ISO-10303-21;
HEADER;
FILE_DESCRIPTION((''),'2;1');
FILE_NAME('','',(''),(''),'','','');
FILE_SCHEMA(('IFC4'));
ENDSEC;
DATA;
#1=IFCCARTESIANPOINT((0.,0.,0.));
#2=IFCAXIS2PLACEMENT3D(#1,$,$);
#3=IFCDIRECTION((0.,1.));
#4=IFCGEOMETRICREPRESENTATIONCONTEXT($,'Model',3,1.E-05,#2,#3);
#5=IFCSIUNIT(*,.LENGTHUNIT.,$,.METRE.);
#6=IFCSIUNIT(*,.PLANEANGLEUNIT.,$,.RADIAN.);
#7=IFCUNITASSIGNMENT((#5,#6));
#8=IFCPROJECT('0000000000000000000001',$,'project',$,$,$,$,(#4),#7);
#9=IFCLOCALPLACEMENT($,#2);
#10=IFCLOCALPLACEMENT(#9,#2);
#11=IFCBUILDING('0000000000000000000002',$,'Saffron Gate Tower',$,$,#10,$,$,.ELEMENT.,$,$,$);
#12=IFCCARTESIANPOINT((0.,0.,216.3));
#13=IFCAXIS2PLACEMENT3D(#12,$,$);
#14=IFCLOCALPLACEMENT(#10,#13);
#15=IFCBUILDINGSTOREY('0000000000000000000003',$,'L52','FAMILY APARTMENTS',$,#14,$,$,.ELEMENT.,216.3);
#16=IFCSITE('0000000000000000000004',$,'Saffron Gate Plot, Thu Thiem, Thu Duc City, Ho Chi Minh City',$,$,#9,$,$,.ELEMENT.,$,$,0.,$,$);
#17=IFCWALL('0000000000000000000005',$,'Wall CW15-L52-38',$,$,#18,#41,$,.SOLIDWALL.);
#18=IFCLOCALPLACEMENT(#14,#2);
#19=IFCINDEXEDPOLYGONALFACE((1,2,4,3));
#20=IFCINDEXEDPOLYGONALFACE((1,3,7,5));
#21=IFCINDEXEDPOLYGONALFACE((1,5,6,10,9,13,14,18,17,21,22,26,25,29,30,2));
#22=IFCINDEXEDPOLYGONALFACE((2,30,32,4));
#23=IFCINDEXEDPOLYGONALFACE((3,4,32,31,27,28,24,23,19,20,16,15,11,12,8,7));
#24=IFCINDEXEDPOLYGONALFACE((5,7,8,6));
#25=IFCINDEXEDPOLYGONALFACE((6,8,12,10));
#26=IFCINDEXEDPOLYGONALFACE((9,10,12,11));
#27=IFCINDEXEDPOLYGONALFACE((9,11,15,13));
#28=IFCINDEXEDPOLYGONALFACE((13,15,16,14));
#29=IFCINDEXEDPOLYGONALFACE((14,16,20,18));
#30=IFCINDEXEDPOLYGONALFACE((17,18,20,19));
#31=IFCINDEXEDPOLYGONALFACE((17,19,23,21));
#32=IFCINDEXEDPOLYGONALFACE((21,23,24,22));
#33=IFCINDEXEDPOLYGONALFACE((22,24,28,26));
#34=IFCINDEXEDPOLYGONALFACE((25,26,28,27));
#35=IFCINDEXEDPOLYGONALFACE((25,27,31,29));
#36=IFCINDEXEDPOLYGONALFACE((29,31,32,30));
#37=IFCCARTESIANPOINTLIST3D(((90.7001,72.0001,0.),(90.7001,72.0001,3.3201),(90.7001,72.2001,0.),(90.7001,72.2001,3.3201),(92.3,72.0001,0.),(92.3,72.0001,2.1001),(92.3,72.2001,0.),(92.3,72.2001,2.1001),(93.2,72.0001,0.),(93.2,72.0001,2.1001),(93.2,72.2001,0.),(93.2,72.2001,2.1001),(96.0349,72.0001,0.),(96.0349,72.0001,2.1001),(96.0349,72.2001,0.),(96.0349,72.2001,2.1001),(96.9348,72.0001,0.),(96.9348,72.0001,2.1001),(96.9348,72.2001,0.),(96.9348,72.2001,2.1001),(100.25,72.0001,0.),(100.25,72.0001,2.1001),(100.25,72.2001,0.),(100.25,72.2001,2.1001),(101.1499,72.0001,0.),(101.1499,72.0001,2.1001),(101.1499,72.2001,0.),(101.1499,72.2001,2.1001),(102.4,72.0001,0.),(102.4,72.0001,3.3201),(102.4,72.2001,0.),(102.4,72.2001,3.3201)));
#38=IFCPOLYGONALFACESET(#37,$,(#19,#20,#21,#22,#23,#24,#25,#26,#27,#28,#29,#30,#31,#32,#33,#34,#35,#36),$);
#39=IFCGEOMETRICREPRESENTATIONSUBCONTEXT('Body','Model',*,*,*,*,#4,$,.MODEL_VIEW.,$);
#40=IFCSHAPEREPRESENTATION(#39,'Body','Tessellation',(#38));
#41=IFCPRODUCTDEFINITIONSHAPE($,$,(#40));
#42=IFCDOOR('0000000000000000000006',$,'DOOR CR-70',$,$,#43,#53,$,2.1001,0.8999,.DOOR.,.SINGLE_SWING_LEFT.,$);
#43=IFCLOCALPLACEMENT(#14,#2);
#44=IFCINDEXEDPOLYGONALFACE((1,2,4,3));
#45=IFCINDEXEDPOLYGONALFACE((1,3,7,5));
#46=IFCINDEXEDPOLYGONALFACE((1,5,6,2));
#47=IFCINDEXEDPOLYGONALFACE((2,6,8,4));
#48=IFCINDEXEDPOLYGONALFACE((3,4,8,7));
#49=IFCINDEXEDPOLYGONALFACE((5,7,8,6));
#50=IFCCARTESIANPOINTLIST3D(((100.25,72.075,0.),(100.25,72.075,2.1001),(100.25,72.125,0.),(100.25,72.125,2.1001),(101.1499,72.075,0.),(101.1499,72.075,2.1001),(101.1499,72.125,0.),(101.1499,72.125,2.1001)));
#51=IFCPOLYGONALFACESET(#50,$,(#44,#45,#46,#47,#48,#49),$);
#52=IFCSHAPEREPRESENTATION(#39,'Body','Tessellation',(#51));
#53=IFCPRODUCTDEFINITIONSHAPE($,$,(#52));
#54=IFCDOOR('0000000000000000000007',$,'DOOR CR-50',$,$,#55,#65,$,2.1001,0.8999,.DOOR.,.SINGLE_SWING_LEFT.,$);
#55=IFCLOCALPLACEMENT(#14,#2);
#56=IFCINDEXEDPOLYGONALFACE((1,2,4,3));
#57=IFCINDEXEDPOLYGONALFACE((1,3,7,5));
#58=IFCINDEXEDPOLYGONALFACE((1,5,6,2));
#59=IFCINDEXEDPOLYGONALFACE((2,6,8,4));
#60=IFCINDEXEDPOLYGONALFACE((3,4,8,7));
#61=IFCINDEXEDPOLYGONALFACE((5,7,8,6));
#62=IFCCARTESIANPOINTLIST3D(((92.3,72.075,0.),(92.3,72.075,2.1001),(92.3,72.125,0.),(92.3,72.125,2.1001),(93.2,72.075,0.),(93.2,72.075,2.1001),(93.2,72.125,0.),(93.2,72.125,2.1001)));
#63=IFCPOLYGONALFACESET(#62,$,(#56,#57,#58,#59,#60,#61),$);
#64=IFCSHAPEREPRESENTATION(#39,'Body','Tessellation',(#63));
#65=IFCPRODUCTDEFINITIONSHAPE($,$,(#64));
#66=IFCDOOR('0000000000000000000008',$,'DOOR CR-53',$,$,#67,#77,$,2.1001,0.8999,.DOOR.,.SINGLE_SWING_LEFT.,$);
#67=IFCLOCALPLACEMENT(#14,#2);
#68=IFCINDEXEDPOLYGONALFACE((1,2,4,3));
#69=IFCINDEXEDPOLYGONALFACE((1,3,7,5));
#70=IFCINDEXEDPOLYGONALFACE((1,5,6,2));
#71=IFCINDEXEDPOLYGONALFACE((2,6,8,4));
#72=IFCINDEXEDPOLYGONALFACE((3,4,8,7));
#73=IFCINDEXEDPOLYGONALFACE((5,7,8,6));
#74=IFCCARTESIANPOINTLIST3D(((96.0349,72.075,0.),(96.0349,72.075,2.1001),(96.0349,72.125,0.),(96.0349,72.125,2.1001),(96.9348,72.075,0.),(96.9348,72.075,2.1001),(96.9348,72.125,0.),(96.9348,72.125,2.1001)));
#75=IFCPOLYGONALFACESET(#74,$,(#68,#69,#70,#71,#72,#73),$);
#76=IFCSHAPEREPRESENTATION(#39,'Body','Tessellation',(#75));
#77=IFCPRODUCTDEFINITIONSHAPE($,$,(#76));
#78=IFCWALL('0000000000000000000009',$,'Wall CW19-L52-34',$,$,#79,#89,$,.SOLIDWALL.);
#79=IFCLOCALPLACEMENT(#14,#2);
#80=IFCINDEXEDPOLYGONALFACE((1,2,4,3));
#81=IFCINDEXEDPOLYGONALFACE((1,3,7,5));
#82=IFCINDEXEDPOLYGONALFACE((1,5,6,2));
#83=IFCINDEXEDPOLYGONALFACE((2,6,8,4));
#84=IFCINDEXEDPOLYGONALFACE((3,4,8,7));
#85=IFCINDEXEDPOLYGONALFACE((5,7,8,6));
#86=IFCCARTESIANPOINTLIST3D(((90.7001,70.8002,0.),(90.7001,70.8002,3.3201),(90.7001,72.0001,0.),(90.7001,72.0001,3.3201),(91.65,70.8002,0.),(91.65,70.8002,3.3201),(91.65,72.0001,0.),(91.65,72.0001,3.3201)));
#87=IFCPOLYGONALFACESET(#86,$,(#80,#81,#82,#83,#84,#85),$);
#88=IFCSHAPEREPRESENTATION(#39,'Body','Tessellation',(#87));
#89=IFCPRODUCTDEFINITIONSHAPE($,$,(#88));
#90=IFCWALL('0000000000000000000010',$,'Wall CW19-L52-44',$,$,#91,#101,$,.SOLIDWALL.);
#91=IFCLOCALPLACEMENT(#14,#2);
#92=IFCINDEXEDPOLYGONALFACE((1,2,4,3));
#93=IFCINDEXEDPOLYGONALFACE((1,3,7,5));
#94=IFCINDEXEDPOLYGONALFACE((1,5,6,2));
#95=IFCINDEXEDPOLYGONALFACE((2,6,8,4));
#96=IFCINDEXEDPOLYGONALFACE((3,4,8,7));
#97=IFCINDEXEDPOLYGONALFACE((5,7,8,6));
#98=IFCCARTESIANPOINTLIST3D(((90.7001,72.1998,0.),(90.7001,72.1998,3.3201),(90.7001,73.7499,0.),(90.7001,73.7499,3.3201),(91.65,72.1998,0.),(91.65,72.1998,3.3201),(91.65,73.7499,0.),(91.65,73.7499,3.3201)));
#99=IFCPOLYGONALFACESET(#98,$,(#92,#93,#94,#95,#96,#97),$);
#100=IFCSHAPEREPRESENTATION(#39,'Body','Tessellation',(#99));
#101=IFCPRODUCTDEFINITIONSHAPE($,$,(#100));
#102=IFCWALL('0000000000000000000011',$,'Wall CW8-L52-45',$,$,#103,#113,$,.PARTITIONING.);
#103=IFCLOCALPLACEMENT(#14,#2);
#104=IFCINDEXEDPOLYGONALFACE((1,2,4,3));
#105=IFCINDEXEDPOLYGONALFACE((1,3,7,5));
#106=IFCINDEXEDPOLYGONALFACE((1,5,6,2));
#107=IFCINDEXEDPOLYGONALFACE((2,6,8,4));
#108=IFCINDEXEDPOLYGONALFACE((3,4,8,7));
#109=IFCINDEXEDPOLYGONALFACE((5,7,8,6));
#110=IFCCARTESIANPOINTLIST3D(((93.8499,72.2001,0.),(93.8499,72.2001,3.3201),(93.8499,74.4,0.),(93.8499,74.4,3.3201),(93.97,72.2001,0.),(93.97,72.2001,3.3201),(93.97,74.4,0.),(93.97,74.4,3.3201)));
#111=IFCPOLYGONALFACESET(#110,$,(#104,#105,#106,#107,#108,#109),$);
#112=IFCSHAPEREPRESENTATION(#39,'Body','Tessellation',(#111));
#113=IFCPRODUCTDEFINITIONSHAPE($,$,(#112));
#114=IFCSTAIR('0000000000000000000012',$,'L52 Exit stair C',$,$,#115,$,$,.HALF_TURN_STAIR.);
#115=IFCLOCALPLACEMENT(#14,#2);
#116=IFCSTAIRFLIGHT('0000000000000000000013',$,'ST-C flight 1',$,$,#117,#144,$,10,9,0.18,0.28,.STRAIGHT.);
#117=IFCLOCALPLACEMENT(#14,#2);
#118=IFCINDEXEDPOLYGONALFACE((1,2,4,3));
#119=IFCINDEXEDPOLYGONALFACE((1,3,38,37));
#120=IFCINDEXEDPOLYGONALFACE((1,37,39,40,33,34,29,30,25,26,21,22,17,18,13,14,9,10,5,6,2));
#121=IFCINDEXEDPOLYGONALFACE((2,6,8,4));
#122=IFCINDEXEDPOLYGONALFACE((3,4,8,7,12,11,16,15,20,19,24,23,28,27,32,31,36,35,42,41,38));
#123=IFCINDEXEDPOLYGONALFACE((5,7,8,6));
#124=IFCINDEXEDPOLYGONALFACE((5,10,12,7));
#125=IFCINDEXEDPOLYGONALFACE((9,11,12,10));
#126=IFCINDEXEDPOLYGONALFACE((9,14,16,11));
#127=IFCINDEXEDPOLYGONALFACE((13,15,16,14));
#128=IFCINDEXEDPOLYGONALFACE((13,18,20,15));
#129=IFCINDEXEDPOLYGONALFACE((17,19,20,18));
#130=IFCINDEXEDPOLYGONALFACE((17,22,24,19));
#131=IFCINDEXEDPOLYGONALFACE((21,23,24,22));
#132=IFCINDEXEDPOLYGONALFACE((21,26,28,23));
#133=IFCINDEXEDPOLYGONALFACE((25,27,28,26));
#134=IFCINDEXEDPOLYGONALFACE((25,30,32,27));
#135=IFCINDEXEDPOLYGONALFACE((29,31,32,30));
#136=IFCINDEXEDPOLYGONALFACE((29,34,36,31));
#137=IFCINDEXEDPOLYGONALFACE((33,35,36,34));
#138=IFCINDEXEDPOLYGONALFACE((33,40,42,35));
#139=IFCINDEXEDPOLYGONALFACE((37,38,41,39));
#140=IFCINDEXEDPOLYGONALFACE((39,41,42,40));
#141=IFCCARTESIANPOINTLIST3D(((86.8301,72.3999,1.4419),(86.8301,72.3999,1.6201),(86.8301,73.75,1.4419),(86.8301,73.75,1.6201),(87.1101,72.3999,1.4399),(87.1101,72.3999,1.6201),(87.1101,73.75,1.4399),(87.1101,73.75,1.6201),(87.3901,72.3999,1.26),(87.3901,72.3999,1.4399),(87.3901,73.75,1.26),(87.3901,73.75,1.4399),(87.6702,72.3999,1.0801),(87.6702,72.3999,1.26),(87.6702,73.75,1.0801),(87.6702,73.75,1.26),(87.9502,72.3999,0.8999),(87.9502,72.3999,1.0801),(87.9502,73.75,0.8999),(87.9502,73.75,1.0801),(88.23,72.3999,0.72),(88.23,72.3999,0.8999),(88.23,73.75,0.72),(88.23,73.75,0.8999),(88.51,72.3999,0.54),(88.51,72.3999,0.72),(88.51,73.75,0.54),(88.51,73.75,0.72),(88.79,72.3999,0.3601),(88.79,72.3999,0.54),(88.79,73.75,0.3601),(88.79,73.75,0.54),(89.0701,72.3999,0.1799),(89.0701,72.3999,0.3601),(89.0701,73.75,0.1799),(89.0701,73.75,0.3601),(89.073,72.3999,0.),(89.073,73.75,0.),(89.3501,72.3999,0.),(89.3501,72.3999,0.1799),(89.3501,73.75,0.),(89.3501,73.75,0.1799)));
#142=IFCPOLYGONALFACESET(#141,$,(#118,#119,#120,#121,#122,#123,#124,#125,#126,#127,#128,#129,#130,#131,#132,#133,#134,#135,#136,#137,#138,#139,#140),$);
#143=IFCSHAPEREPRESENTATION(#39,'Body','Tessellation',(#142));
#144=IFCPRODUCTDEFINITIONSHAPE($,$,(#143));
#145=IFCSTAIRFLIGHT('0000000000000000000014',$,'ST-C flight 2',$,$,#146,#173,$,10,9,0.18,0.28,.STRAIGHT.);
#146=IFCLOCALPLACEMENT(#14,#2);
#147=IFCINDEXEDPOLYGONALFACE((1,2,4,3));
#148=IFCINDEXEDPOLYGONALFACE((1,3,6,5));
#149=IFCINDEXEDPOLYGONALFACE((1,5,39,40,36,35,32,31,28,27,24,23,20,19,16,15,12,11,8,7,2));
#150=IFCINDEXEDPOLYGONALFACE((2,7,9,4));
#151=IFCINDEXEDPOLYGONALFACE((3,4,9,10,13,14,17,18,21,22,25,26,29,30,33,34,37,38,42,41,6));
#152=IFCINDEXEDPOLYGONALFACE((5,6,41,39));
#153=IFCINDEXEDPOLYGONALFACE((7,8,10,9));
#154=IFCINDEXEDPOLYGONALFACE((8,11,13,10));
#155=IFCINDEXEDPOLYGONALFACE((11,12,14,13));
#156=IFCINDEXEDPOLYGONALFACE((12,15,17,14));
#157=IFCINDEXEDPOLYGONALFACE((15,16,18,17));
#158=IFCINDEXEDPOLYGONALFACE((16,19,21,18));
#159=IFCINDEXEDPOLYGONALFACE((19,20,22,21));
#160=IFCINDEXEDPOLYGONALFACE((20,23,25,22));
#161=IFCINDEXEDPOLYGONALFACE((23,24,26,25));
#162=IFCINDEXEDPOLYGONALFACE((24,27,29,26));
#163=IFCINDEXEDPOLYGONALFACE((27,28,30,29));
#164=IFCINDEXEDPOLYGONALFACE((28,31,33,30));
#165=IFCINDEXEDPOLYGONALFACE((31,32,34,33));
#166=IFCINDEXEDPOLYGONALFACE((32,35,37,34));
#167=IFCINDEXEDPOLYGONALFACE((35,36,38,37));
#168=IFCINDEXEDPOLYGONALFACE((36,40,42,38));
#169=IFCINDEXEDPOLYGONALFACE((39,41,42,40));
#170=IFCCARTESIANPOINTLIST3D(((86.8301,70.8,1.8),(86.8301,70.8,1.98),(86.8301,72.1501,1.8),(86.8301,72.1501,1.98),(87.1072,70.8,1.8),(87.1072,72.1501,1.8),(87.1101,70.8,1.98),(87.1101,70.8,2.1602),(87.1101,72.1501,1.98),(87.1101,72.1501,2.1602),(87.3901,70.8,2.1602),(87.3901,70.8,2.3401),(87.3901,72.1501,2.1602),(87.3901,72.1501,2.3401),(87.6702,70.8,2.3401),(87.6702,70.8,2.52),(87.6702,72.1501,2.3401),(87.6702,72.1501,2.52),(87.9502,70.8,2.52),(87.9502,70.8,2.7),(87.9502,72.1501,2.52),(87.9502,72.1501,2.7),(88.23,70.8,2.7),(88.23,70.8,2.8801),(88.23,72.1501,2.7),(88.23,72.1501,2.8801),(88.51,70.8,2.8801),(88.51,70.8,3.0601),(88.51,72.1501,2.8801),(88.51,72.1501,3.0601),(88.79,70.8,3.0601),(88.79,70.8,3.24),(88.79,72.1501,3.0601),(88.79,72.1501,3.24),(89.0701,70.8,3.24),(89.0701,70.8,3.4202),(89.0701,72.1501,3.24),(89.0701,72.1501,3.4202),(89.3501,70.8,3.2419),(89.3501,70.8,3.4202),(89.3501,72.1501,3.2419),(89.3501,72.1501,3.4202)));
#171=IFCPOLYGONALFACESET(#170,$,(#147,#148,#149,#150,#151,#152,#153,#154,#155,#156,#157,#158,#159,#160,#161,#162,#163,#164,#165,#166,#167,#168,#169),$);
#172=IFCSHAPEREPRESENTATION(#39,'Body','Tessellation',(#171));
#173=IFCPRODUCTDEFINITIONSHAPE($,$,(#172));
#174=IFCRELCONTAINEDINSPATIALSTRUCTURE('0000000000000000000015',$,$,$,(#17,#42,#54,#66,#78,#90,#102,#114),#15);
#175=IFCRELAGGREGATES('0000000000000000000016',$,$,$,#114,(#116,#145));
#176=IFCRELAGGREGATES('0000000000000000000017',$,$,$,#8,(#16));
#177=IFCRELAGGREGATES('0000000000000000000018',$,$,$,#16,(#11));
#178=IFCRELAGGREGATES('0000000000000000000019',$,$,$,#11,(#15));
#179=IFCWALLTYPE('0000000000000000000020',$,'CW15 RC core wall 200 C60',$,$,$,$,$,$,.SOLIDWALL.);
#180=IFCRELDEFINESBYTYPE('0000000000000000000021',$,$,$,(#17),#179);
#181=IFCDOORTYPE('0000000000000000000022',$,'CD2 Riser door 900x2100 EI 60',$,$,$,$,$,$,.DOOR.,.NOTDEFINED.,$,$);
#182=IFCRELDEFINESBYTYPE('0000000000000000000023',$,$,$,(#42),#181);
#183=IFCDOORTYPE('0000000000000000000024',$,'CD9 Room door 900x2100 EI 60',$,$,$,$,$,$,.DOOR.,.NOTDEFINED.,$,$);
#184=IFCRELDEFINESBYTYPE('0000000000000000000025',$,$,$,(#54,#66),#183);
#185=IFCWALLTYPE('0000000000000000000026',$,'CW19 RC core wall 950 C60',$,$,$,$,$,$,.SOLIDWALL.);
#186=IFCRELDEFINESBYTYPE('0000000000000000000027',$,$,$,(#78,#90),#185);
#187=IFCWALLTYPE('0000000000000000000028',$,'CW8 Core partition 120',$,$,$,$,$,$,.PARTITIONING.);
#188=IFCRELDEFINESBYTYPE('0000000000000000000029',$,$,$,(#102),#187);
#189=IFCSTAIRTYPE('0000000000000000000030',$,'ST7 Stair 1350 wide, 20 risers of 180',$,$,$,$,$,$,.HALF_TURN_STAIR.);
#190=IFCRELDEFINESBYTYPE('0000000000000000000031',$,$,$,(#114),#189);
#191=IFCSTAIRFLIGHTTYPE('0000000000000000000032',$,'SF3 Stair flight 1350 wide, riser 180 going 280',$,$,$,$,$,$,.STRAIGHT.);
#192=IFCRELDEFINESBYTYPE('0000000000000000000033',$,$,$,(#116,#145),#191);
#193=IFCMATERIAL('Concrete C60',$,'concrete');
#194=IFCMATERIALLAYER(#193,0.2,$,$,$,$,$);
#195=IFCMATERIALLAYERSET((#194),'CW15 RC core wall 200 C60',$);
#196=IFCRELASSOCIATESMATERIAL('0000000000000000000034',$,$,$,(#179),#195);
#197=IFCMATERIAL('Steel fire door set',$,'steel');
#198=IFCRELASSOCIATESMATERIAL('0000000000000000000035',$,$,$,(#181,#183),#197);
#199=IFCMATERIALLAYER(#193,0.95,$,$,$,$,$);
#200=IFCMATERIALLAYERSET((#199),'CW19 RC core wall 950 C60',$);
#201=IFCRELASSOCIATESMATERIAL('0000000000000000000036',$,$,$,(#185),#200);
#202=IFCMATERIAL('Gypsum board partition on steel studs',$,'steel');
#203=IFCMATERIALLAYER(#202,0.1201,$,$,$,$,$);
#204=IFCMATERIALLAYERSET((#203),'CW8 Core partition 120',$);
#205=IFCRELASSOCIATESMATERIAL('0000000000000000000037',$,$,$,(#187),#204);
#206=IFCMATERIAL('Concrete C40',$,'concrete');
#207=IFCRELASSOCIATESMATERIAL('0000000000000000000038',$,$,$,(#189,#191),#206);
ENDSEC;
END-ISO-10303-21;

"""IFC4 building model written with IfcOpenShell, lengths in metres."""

from ifc_helpers import new_model, si_unit, direction, frame, frame_2d, origin, place, context, subcontext, project, spatial, polyline, rectangle, outline, extrude, material, layer, layer_set, type_object, element, fill, aggregate, save


model = new_model("IFC4")

# Units and contexts
model_context = context("Model", 3, precision=1e-05, world=origin(), true_north=direction((0.0, 1.0)))
body_context = subcontext(model_context, "Body", "Model", "MODEL_VIEW")
ifc_project = project(units=[si_unit("LENGTHUNIT", "METRE"), si_unit("PLANEANGLEUNIT", "RADIAN")], contexts=[model_context])

# Site, building, storey
site_placement = place(None, origin())
site = spatial("IfcSite", under=ifc_project, at=site_placement, Name="Saffron Gate Plot, Thu Thiem, Thu Duc City, Ho Chi Minh City", CompositionType="ELEMENT", RefElevation=0.0)
building_placement = place(site_placement, origin())
building = spatial("IfcBuilding", under=site, at=building_placement, Name="Saffron Gate Tower", CompositionType="ELEMENT")
storey_placement = place(building_placement, frame((0.0, 0.0, 216.3)))
storey = spatial("IfcBuildingStorey", under=building, at=storey_placement, Name="L52", Description="FAMILY APARTMENTS", CompositionType="ELEMENT", Elevation=216.3)

# Shared definitions
ifc_material_1 = material(Name="Gypsum board partition on steel studs", Category="steel")
ifc_material_2 = material(Name="Concrete C60", Category="concrete")

# Shared definitions
ifc_material_3 = material(Name="Steel fire door set", Category="steel")

# Wall, openings, doors
ifc_layer_1 = layer(ifc_material_2, 0.2)
ifc_layer_set_1 = layer_set([ifc_layer_1], Name="CW15 RC core wall 200 C60")
wall_type_1 = type_object("IfcWallType", Name="CW15 RC core wall 200 C60", PredefinedType="SOLIDWALL", material=ifc_layer_set_1)
door_type_1 = type_object("IfcDoorType", Name="CD2 Riser door 900x2100 EI 60", OperationType="NOTDEFINED", PredefinedType="DOOR", material=ifc_material_3)
wall_1_placement = place(storey_placement, frame((90.7, 72.1001, 0.0), z_axis=(0.0, 0.0, 1.0), x_axis=(1.0, 0.0, 0.0)))
wall_1 = element("IfcWall", 1, at=wall_1_placement, inside=storey, type_object=wall_type_1, Name="Wall CW15-L52-38", PredefinedType="SOLIDWALL", context=body_context, shape_type="SweptSolid", body=[
    extrude(rectangle(XDim=11.7, YDim=0.2, at=frame_2d((5.8501, 0.0))), origin(), (0.0, 0.0, 1.0), 3.3201),
])
opening_1_placement = place(wall_1_placement, frame((1.6001, 0.0, 0.0)))
opening_1 = element("IfcOpeningElement", 2, at=opening_1_placement, cuts=wall_1, PredefinedType="OPENING", context=body_context, shape_type="SweptSolid", body=[
    extrude(rectangle(XDim=0.8999, YDim=2.1001, at=frame_2d((0.45, 1.05))), frame((0.0, 0.1099, 0.0), z_axis=(0.0, -1.0, 0.0), x_axis=(1.0, 0.0, 0.0)), (0.0, 0.0, 1.0), 0.22),
])
opening_2_placement = place(wall_1_placement, frame((5.335, 0.0, 0.0)))
opening_2 = element("IfcOpeningElement", 3, at=opening_2_placement, cuts=wall_1, PredefinedType="OPENING", context=body_context, shape_type="SweptSolid", body=[
    extrude(rectangle(XDim=0.8999, YDim=2.1001, at=frame_2d((0.45, 1.05))), frame((0.0, 0.1099, 0.0), z_axis=(0.0, -1.0, 0.0), x_axis=(1.0, 0.0, 0.0)), (0.0, 0.0, 1.0), 0.22),
])
opening_3_placement = place(wall_1_placement, frame((9.55, 0.0, 0.0)))
opening_3 = element("IfcOpeningElement", 4, at=opening_3_placement, cuts=wall_1, PredefinedType="OPENING", context=body_context, shape_type="SweptSolid", body=[
    extrude(rectangle(XDim=0.8999, YDim=2.1001, at=frame_2d((0.45, 1.05))), frame((0.0, 0.1099, 0.0), z_axis=(0.0, -1.0, 0.0), x_axis=(1.0, 0.0, 0.0)), (0.0, 0.0, 1.0), 0.22),
])
door_1_placement = place(opening_3_placement, origin())
door_1 = element("IfcDoor", 5, at=door_1_placement, inside=storey, type_object=door_type_1, Name="DOOR CR-70", OperationType="SINGLE_SWING_LEFT", OverallHeight=2.1001, OverallWidth=0.8999, PredefinedType="DOOR", context=body_context, shape_type="SweptSolid", body=[
    extrude(rectangle(XDim=0.8999, YDim=2.1001, at=frame_2d((0.45, 1.05))), frame((0.0, 0.0249, 0.0), z_axis=(0.0, -1.0, 0.0), x_axis=(1.0, 0.0, 0.0)), (0.0, 0.0, 1.0), 0.05),
])
fill(opening_3, door_1)
door_type_2 = type_object("IfcDoorType", Name="CD9 Room door 900x2100 EI 60", OperationType="NOTDEFINED", PredefinedType="DOOR", material=ifc_material_3)
door_2_placement = place(opening_1_placement, origin())
door_2 = element("IfcDoor", 6, at=door_2_placement, inside=storey, type_object=door_type_2, Name="DOOR CR-50", OperationType="SINGLE_SWING_LEFT", OverallHeight=2.1001, OverallWidth=0.8999, PredefinedType="DOOR", context=body_context, shape_type="SweptSolid", body=[
    extrude(rectangle(XDim=0.8999, YDim=2.1001, at=frame_2d((0.45, 1.05))), frame((0.0, 0.0249, 0.0), z_axis=(0.0, -1.0, 0.0), x_axis=(1.0, 0.0, 0.0)), (0.0, 0.0, 1.0), 0.05),
])
fill(opening_1, door_2)
door_3_placement = place(opening_2_placement, origin())
door_3 = element("IfcDoor", 7, at=door_3_placement, inside=storey, type_object=door_type_2, Name="DOOR CR-53", OperationType="SINGLE_SWING_LEFT", OverallHeight=2.1001, OverallWidth=0.8999, PredefinedType="DOOR", context=body_context, shape_type="SweptSolid", body=[
    extrude(rectangle(XDim=0.8999, YDim=2.1001, at=frame_2d((0.45, 1.05))), frame((0.0, 0.0249, 0.0), z_axis=(0.0, -1.0, 0.0), x_axis=(1.0, 0.0, 0.0)), (0.0, 0.0, 1.0), 0.05),
])
fill(opening_2, door_3)

# Walls
ifc_layer_2 = layer(ifc_material_2, 0.95)
ifc_layer_set_2 = layer_set([ifc_layer_2], Name="CW19 RC core wall 950 C60")
wall_type_2 = type_object("IfcWallType", Name="CW19 RC core wall 950 C60", PredefinedType="SOLIDWALL", material=ifc_layer_set_2)
wall_2_placement = place(storey_placement, frame((91.175, 70.8, 0.0), z_axis=(0.0, 0.0, 1.0), x_axis=(0.0, 1.0, 0.0)))
element("IfcWall", 8, at=wall_2_placement, inside=storey, type_object=wall_type_2, Name="Wall CW19-L52-34", PredefinedType="SOLIDWALL", context=body_context, shape_type="SweptSolid", body=[
    extrude(rectangle(XDim=1.2, YDim=0.95, at=frame_2d((0.6001, 0.0))), origin(), (0.0, 0.0, 1.0), 3.3201),
])
wall_3_placement = place(storey_placement, frame((91.175, 72.2, 0.0), z_axis=(0.0, 0.0, 1.0), x_axis=(0.0, 1.0, 0.0)))
element("IfcWall", 9, at=wall_3_placement, inside=storey, type_object=wall_type_2, Name="Wall CW19-L52-44", PredefinedType="SOLIDWALL", context=body_context, shape_type="SweptSolid", body=[
    extrude(rectangle(XDim=1.55, YDim=0.95, at=frame_2d((0.7749, 0.0))), origin(), (0.0, 0.0, 1.0), 3.3201),
])
ifc_layer_3 = layer(ifc_material_1, 0.1201)
ifc_layer_set_3 = layer_set([ifc_layer_3], Name="CW8 Core partition 120")
wall_type_3 = type_object("IfcWallType", Name="CW8 Core partition 120", PredefinedType="PARTITIONING", material=ifc_layer_set_3)
wall_4_placement = place(storey_placement, frame((93.9099, 72.2, 0.0), z_axis=(0.0, 0.0, 1.0), x_axis=(0.0, 1.0, 0.0)))
element("IfcWall", 10, at=wall_4_placement, inside=storey, type_object=wall_type_3, Name="Wall CW8-L52-45", PredefinedType="PARTITIONING", context=body_context, shape_type="SweptSolid", body=[
    extrude(rectangle(XDim=2.2, YDim=0.1201, at=frame_2d((1.1001, 0.0))), origin(), (0.0, 0.0, 1.0), 3.3201),
])

# Stair, stair flights
ifc_material_4 = material(Name="Concrete C40", Category="concrete")
stair_type = type_object("IfcStairType", Name="ST7 Stair 1350 wide, 20 risers of 180", PredefinedType="HALF_TURN_STAIR", material=ifc_material_4)
stair_placement = place(storey_placement, origin())
stair = element("IfcStair", 11, at=stair_placement, inside=storey, type_object=stair_type, Name="L52 Exit stair C", PredefinedType="HALF_TURN_STAIR")
stair_flight_type = type_object("IfcStairFlightType", Name="SF3 Stair flight 1350 wide, riser 180 going 280", PredefinedType="STRAIGHT", material=ifc_material_4)
stair_flight_1_placement = place(storey_placement, frame((89.3501, 73.075, 0.0), z_axis=(0.0, 0.0, 1.0), x_axis=(-1.0, 0.0, 0.0)))
stair_flight_1 = element("IfcStairFlight", 12, at=stair_flight_1_placement, type_object=stair_flight_type, Name="ST-C flight 1", NumberOfRisers=10, NumberOfTreads=9, PredefinedType="STRAIGHT", RiserHeight=0.18, TreadLength=0.28, context=body_context, shape_type="SweptSolid", body=[
    extrude(outline(polyline([(0.0, 0.0), (0.0, 0.1799), (0.28, 0.1799), (0.28, 0.3601), (0.5601, 0.3601), (0.5601, 0.54), (0.8401, 0.54), (0.8401, 0.72), (1.1201, 0.72), (1.1201, 0.8999), (1.3999, 0.8999), (1.3999, 1.0801), (1.6799, 1.0801), (1.6799, 1.26), (1.96, 1.26), (1.96, 1.4399), (2.24, 1.4399), (2.24, 1.6201), (2.52, 1.6201), (2.52, 1.8), (2.52, 1.4419), (0.2771, 0.0), (0.0, 0.0)])), frame((0.0, 0.675, 0.0), z_axis=(0.0, -1.0, 0.0), x_axis=(1.0, 0.0, 0.0)), (0.0, 0.0, 1.0), 1.3501),
])
stair_flight_2_placement = place(storey_placement, frame((86.8301, 71.4751, 1.8), z_axis=(0.0, 0.0, 1.0), x_axis=(1.0, 0.0, 0.0)))
stair_flight_2 = element("IfcStairFlight", 13, at=stair_flight_2_placement, type_object=stair_flight_type, Name="ST-C flight 2", NumberOfRisers=10, NumberOfTreads=9, PredefinedType="STRAIGHT", RiserHeight=0.18, TreadLength=0.28, context=body_context, shape_type="SweptSolid", body=[
    extrude(outline(polyline([(0.0, 0.0), (0.0, 0.1799), (0.28, 0.1799), (0.28, 0.3601), (0.5601, 0.3601), (0.5601, 0.54), (0.8401, 0.54), (0.8401, 0.72), (1.1201, 0.72), (1.1201, 0.8999), (1.3999, 0.8999), (1.3999, 1.0801), (1.6799, 1.0801), (1.6799, 1.26), (1.96, 1.26), (1.96, 1.4399), (2.24, 1.4399), (2.24, 1.6201), (2.52, 1.6201), (2.52, 1.8), (2.52, 1.4419), (0.2771, 0.0), (0.0, 0.0)])), frame((0.0, 0.675, 0.0), z_axis=(0.0, -1.0, 0.0), x_axis=(1.0, 0.0, 0.0)), (0.0, 0.0, 1.0), 1.3501),
])
aggregate(stair, [stair_flight_1, stair_flight_2])

save(model, "model.ifc")
